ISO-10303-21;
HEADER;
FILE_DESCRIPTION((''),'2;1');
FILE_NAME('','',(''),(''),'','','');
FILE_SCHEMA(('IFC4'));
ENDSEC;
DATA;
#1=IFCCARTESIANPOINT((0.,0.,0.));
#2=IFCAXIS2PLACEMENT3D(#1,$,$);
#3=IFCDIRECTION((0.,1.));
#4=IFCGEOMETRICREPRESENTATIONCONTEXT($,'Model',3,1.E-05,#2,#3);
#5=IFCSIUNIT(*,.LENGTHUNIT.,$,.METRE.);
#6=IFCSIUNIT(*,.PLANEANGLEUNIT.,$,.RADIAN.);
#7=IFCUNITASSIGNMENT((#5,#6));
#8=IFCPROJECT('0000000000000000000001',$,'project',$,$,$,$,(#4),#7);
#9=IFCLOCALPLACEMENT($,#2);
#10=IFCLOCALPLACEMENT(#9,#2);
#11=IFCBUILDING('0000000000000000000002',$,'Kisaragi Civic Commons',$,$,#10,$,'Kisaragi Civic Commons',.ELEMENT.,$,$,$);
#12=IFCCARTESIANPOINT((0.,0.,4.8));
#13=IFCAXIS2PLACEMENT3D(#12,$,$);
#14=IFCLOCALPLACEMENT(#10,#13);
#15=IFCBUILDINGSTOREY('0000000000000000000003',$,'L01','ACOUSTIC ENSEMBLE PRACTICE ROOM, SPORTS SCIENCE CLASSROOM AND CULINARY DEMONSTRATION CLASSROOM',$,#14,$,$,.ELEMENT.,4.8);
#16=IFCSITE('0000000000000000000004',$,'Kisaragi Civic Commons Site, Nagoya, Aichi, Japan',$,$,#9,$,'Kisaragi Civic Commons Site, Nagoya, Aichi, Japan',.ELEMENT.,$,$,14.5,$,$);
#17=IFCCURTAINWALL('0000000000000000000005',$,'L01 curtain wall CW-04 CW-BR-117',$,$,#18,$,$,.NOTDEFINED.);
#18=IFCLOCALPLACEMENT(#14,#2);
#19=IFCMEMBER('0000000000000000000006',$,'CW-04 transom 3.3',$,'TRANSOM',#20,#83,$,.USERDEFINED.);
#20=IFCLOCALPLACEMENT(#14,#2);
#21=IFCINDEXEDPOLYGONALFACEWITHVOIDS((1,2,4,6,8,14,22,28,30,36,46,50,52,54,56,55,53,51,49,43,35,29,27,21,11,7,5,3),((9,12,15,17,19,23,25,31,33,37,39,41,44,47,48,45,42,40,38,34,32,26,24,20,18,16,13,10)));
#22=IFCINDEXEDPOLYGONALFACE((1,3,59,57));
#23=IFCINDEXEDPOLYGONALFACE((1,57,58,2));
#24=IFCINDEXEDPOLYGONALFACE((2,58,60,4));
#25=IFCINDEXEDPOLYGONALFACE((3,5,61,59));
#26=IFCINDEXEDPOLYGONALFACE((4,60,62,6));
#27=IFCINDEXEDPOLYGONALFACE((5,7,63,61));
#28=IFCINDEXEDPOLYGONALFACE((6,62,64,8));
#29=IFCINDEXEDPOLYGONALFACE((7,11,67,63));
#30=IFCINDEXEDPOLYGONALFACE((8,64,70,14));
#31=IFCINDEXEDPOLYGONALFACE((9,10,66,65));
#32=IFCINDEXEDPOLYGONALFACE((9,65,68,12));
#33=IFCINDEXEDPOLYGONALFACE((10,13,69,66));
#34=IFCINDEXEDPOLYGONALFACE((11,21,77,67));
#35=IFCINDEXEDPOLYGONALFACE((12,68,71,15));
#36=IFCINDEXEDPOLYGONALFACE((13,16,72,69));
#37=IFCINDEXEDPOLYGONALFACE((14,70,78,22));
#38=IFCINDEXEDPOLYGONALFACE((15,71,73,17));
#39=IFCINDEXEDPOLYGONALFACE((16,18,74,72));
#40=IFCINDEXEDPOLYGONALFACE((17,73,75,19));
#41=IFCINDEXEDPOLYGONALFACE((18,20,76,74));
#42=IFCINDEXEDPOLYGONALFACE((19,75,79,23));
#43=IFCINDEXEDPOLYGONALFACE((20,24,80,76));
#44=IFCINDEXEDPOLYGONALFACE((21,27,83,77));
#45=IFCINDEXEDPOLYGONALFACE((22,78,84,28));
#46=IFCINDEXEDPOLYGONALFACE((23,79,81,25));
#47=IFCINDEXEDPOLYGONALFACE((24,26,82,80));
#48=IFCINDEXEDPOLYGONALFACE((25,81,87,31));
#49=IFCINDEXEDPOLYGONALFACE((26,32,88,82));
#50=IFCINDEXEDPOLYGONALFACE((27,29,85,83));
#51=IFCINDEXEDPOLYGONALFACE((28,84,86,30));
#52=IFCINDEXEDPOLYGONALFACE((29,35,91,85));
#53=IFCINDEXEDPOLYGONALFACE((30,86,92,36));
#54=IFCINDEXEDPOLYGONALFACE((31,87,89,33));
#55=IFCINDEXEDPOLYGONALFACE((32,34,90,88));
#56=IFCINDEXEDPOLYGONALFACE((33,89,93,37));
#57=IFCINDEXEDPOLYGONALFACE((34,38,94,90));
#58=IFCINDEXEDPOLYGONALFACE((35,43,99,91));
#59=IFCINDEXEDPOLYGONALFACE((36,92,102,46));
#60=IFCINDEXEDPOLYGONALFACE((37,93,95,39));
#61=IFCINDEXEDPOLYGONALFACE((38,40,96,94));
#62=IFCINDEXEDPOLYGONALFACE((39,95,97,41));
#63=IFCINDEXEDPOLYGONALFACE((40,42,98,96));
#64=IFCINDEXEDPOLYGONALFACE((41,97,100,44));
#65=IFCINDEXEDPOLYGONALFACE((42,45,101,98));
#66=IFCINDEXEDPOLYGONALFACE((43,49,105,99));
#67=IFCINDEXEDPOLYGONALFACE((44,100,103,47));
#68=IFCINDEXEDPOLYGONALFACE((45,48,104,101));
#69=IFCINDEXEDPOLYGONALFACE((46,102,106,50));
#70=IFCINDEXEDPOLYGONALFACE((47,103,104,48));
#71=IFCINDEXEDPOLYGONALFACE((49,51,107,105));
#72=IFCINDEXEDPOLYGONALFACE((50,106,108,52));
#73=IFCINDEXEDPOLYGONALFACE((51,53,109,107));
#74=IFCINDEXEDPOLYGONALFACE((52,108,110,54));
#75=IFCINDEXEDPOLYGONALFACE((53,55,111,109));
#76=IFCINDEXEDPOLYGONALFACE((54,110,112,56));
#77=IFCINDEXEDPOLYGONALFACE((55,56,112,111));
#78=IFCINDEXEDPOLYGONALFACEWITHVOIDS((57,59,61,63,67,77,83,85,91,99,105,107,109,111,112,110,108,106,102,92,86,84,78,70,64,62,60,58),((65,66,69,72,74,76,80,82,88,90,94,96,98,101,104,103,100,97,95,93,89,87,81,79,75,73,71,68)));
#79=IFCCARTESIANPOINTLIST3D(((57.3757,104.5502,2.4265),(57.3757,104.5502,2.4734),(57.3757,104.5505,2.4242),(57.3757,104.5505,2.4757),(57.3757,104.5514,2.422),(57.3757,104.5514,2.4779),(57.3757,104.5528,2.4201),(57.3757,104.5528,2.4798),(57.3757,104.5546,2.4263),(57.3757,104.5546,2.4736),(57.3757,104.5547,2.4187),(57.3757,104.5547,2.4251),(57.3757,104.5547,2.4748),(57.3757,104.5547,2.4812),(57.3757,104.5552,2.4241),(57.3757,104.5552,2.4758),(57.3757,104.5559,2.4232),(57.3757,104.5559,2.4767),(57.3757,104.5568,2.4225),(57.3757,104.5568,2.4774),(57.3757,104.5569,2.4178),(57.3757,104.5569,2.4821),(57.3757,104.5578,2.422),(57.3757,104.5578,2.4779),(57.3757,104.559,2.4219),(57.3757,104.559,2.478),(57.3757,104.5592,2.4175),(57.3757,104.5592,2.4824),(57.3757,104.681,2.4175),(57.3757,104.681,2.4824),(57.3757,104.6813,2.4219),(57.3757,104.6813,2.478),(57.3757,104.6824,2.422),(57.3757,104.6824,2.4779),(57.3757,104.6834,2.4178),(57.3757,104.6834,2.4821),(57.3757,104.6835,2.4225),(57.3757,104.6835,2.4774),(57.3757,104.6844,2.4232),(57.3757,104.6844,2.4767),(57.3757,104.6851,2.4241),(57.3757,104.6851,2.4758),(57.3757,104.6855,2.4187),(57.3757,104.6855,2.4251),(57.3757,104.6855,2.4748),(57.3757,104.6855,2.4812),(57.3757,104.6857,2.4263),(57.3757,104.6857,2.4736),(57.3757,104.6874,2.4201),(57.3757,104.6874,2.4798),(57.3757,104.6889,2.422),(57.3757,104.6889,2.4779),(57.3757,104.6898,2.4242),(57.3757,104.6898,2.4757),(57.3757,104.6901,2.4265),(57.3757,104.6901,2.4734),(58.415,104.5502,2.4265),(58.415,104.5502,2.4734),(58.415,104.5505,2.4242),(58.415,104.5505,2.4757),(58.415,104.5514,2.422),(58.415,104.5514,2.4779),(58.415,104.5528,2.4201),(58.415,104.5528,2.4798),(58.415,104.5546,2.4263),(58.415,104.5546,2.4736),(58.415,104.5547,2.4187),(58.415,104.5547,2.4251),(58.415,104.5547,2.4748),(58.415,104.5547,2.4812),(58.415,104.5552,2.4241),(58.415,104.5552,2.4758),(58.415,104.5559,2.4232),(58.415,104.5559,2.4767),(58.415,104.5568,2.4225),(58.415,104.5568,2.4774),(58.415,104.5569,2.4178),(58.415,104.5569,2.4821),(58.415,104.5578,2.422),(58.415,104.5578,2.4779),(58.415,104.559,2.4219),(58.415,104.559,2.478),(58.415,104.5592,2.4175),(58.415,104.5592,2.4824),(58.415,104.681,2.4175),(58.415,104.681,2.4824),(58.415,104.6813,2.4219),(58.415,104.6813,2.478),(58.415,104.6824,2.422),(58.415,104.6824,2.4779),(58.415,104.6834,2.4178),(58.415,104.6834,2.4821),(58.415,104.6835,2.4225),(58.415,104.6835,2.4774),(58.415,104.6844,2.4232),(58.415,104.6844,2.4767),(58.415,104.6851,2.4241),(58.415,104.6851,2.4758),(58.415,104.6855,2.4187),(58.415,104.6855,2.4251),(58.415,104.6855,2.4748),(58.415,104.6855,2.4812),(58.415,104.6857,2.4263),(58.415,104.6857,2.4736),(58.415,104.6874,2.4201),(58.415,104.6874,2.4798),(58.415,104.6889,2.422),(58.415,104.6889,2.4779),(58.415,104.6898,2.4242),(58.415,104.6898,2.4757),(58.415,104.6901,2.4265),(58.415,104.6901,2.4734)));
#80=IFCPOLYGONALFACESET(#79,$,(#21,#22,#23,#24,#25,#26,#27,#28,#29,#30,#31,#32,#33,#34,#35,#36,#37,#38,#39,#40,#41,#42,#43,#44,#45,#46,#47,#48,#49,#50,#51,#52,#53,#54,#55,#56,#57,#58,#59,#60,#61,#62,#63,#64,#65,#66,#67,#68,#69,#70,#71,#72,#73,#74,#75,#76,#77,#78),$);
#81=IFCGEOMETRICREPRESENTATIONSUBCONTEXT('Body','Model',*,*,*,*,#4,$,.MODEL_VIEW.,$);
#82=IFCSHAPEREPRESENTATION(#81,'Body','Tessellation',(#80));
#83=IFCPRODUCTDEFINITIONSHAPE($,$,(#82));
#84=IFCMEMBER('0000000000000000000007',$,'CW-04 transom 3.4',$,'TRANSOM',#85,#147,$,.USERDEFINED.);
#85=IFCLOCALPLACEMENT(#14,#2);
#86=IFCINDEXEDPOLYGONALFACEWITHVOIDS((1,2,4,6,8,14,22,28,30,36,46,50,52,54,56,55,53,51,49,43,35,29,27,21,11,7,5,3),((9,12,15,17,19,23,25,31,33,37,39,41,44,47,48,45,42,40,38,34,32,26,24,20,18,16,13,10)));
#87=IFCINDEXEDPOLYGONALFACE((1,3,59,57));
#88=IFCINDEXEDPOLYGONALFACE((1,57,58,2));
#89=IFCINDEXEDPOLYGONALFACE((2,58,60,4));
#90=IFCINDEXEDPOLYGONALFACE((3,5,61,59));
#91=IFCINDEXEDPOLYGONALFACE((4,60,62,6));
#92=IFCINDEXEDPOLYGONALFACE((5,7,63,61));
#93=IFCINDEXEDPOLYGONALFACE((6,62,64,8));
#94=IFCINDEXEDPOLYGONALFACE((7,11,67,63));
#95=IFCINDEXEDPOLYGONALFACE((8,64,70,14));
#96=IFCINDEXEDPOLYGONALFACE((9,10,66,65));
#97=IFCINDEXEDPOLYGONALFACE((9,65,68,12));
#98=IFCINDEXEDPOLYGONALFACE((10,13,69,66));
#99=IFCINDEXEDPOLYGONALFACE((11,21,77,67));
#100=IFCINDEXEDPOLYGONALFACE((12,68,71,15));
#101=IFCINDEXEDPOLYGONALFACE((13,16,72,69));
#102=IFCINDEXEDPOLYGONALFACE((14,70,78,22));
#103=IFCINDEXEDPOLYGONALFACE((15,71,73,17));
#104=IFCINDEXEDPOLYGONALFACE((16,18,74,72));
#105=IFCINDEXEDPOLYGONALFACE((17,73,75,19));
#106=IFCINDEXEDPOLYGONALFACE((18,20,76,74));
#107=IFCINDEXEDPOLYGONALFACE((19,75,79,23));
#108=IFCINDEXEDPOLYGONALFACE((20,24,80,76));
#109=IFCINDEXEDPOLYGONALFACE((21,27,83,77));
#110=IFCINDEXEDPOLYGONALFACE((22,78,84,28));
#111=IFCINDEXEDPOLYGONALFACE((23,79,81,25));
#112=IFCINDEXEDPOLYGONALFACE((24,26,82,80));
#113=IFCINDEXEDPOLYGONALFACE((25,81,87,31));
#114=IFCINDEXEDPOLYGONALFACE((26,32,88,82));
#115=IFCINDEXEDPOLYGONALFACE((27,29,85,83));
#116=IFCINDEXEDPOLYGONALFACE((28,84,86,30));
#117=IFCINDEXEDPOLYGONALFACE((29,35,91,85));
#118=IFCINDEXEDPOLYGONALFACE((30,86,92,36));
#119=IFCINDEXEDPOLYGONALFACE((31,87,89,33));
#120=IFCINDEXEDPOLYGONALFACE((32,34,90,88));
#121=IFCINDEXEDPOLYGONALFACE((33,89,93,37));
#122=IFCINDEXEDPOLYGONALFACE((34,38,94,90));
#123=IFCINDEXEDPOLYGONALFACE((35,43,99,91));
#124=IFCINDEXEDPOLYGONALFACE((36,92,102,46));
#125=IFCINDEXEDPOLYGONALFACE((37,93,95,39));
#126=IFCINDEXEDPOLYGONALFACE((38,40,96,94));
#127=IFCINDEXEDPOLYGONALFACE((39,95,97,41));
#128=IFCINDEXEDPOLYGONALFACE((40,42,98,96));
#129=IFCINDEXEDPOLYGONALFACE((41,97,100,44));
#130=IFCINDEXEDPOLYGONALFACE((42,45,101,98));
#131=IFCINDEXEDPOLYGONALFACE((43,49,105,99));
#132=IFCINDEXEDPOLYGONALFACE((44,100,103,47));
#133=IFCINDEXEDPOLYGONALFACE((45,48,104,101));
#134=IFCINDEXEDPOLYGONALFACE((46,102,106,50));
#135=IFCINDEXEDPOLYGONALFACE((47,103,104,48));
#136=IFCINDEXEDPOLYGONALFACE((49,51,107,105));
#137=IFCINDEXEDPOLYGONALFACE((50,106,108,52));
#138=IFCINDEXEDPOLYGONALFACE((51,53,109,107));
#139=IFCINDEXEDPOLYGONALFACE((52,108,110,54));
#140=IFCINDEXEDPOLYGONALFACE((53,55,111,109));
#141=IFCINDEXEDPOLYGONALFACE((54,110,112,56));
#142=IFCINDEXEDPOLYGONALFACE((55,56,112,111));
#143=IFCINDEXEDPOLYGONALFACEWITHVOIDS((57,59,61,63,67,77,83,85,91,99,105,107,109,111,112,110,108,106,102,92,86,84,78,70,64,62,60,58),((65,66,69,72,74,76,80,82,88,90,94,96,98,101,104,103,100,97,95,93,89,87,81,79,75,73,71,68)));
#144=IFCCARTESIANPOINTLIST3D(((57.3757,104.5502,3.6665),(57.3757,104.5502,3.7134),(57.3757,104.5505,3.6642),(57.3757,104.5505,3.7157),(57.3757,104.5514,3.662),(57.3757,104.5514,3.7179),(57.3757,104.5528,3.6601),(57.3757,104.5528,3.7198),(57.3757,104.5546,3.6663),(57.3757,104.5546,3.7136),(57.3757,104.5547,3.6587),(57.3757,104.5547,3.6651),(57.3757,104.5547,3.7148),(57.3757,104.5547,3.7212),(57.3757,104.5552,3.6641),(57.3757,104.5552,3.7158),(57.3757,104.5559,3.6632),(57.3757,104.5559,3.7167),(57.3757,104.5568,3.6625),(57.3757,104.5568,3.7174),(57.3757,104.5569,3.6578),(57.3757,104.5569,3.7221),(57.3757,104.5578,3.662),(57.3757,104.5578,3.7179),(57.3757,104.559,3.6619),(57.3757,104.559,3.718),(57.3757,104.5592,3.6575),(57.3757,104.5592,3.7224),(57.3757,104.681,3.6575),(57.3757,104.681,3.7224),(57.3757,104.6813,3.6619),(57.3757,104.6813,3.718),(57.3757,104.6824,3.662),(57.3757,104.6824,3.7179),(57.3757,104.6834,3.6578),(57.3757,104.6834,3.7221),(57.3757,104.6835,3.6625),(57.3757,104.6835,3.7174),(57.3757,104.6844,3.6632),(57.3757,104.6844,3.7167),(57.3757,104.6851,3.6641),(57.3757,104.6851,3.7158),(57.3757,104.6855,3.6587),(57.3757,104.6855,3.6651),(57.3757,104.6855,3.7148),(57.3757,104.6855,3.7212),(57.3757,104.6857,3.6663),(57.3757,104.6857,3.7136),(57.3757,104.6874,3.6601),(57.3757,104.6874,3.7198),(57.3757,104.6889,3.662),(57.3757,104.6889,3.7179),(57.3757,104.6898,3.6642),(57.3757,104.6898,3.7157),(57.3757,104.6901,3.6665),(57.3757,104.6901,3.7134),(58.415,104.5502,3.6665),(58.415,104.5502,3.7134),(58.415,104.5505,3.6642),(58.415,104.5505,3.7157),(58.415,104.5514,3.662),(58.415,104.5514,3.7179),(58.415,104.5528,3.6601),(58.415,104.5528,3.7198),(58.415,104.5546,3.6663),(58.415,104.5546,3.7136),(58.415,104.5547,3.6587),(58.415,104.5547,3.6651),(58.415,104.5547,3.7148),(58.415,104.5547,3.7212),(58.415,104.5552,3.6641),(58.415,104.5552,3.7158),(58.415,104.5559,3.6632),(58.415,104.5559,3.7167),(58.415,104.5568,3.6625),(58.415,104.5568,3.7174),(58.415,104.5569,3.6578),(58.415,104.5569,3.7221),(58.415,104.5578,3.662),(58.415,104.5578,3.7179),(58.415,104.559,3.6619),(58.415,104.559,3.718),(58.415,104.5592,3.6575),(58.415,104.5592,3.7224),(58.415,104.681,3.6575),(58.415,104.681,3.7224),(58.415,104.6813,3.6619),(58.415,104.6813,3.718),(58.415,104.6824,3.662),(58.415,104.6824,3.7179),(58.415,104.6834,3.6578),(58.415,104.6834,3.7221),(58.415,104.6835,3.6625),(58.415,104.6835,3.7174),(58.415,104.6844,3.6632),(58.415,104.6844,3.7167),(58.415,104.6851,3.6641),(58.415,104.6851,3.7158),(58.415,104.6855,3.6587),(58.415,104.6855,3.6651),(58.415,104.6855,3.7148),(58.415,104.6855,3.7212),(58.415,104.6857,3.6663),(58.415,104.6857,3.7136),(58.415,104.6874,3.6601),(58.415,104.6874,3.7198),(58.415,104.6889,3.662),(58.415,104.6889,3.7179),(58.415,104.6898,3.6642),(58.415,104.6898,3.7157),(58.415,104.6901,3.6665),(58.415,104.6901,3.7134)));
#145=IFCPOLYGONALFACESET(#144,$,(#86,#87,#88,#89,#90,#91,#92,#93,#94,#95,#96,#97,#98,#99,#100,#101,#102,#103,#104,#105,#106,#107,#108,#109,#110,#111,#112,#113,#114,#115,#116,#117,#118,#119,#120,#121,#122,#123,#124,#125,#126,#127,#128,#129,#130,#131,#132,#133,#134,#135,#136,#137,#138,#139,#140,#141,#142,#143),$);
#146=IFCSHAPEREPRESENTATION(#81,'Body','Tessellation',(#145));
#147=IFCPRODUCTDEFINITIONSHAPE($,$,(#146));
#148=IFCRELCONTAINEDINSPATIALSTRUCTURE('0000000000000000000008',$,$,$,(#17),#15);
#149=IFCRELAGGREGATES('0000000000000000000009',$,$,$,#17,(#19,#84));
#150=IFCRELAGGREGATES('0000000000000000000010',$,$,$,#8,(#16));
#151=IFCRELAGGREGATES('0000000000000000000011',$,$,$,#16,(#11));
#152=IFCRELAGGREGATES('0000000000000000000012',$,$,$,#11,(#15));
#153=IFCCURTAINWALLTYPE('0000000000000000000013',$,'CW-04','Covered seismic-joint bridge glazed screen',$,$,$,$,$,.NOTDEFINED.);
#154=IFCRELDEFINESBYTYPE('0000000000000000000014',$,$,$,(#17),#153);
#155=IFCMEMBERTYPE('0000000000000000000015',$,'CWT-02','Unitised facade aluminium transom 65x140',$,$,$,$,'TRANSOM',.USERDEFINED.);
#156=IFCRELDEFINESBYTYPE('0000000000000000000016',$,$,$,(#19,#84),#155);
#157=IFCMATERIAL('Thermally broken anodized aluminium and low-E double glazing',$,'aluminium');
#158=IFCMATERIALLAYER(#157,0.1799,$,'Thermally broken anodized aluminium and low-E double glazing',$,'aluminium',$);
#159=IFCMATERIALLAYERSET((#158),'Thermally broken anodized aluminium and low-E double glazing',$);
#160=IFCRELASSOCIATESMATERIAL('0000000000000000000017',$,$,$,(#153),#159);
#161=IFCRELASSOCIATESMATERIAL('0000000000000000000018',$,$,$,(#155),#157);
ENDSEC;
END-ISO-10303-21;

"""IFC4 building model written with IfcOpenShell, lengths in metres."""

from ifc_helpers import new_model, si_unit, direction, frame, origin, origin_2d, place, context, subcontext, project, spatial, hollow_rectangle, extrude, material, layer, layer_set, material_profile, profile_set, type_object, element, aggregate, save


model = new_model("IFC4")

# Units and contexts
model_context = context("Model", 3, precision=1e-05, world=origin(), true_north=direction((0.0, 1.0)))
body_context = subcontext(model_context, "Body", "Model", "MODEL_VIEW")
ifc_project = project(units=[si_unit("LENGTHUNIT", "METRE"), si_unit("PLANEANGLEUNIT", "RADIAN")], contexts=[model_context])

# Site, building, storey
site_placement = place(None, origin())
site = spatial("IfcSite", under=ifc_project, at=site_placement, Name="Kisaragi Civic Commons Site, Nagoya, Aichi, Japan", LongName="Kisaragi Civic Commons Site, Nagoya, Aichi, Japan", CompositionType="ELEMENT", RefElevation=14.5)
building_placement = place(site_placement, origin())
building = spatial("IfcBuilding", under=site, at=building_placement, Name="Kisaragi Civic Commons", LongName="Kisaragi Civic Commons", CompositionType="ELEMENT")
storey_placement = place(building_placement, frame((0.0, 0.0, 4.8)))
storey = spatial("IfcBuildingStorey", under=building, at=storey_placement, Name="L01", Description="ACOUSTIC ENSEMBLE PRACTICE ROOM, SPORTS SCIENCE CLASSROOM AND CULINARY DEMONSTRATION CLASSROOM", CompositionType="ELEMENT", Elevation=4.8)

# Curtain wall
ifc_material = material(Name="Thermally broken anodized aluminium and low-E double glazing", Category="aluminium")
ifc_layer_1 = layer(ifc_material, 0.1799, Name="Thermally broken anodized aluminium and low-E double glazing", Category="aluminium")
ifc_layer_set_1 = layer_set([ifc_layer_1], Name="Thermally broken anodized aluminium and low-E double glazing")
curtain_wall_type = type_object("IfcCurtainWallType", Name="CW-04", Description="Covered seismic-joint bridge glazed screen", PredefinedType="NOTDEFINED", material=ifc_layer_set_1)
curtain_wall_1_placement = place(storey_placement, origin())
curtain_wall_1 = element("IfcCurtainWall", 1, at=curtain_wall_1_placement, inside=storey, type_object=curtain_wall_type, Name="L01 curtain wall CW-04 CW-BR-117", PredefinedType="NOTDEFINED")

# Members
ifc_material_profile_1 = material_profile(ifc_material, hollow_rectangle(XDim=0.1399, YDim=0.0649, WallThickness=0.0044, InnerFilletRadius=0.0044, OuterFilletRadius=0.009, at=origin_2d()), Name="CWT-65x140x4.5", Category="aluminium")
ifc_profile_set_1 = profile_set([ifc_material_profile_1], Name="Thermally broken anodized aluminium and low-E double glazing")
member_type_1 = type_object("IfcMemberType", Name="CWT-02", Description="Unitised facade aluminium transom 65x140", ElementType="TRANSOM", PredefinedType="USERDEFINED", material=ifc_profile_set_1)
member_1_placement = place(storey_placement, frame((57.3757, 104.6201, 2.45), z_axis=(1.0, 0.0, 0.0), x_axis=(0.0, 1.0, 0.0)))
member_1 = element("IfcMember", 2, at=member_1_placement, type_object=member_type_1, Name="CW-04 transom 3.3", ObjectType="TRANSOM", PredefinedType="USERDEFINED", context=body_context, shape_type="SweptSolid", body=[
    extrude(hollow_rectangle(XDim=0.1399, YDim=0.0649, WallThickness=0.0044, InnerFilletRadius=0.0044, OuterFilletRadius=0.009, at=origin_2d()), origin(), (0.0, 0.0, 1.0), 1.0393),
])
member_2_placement = place(storey_placement, frame((57.3757, 104.6201, 3.6899), z_axis=(1.0, 0.0, 0.0), x_axis=(0.0, 1.0, 0.0)))
member_2 = element("IfcMember", 3, at=member_2_placement, type_object=member_type_1, Name="CW-04 transom 3.4", ObjectType="TRANSOM", PredefinedType="USERDEFINED", context=body_context, shape_type="SweptSolid", body=[
    extrude(hollow_rectangle(XDim=0.1399, YDim=0.0649, WallThickness=0.0044, InnerFilletRadius=0.0044, OuterFilletRadius=0.009, at=origin_2d()), origin(), (0.0, 0.0, 1.0), 1.0393),
])

aggregate(curtain_wall_1, [member_1, member_2])

save(model, "model.ifc")
